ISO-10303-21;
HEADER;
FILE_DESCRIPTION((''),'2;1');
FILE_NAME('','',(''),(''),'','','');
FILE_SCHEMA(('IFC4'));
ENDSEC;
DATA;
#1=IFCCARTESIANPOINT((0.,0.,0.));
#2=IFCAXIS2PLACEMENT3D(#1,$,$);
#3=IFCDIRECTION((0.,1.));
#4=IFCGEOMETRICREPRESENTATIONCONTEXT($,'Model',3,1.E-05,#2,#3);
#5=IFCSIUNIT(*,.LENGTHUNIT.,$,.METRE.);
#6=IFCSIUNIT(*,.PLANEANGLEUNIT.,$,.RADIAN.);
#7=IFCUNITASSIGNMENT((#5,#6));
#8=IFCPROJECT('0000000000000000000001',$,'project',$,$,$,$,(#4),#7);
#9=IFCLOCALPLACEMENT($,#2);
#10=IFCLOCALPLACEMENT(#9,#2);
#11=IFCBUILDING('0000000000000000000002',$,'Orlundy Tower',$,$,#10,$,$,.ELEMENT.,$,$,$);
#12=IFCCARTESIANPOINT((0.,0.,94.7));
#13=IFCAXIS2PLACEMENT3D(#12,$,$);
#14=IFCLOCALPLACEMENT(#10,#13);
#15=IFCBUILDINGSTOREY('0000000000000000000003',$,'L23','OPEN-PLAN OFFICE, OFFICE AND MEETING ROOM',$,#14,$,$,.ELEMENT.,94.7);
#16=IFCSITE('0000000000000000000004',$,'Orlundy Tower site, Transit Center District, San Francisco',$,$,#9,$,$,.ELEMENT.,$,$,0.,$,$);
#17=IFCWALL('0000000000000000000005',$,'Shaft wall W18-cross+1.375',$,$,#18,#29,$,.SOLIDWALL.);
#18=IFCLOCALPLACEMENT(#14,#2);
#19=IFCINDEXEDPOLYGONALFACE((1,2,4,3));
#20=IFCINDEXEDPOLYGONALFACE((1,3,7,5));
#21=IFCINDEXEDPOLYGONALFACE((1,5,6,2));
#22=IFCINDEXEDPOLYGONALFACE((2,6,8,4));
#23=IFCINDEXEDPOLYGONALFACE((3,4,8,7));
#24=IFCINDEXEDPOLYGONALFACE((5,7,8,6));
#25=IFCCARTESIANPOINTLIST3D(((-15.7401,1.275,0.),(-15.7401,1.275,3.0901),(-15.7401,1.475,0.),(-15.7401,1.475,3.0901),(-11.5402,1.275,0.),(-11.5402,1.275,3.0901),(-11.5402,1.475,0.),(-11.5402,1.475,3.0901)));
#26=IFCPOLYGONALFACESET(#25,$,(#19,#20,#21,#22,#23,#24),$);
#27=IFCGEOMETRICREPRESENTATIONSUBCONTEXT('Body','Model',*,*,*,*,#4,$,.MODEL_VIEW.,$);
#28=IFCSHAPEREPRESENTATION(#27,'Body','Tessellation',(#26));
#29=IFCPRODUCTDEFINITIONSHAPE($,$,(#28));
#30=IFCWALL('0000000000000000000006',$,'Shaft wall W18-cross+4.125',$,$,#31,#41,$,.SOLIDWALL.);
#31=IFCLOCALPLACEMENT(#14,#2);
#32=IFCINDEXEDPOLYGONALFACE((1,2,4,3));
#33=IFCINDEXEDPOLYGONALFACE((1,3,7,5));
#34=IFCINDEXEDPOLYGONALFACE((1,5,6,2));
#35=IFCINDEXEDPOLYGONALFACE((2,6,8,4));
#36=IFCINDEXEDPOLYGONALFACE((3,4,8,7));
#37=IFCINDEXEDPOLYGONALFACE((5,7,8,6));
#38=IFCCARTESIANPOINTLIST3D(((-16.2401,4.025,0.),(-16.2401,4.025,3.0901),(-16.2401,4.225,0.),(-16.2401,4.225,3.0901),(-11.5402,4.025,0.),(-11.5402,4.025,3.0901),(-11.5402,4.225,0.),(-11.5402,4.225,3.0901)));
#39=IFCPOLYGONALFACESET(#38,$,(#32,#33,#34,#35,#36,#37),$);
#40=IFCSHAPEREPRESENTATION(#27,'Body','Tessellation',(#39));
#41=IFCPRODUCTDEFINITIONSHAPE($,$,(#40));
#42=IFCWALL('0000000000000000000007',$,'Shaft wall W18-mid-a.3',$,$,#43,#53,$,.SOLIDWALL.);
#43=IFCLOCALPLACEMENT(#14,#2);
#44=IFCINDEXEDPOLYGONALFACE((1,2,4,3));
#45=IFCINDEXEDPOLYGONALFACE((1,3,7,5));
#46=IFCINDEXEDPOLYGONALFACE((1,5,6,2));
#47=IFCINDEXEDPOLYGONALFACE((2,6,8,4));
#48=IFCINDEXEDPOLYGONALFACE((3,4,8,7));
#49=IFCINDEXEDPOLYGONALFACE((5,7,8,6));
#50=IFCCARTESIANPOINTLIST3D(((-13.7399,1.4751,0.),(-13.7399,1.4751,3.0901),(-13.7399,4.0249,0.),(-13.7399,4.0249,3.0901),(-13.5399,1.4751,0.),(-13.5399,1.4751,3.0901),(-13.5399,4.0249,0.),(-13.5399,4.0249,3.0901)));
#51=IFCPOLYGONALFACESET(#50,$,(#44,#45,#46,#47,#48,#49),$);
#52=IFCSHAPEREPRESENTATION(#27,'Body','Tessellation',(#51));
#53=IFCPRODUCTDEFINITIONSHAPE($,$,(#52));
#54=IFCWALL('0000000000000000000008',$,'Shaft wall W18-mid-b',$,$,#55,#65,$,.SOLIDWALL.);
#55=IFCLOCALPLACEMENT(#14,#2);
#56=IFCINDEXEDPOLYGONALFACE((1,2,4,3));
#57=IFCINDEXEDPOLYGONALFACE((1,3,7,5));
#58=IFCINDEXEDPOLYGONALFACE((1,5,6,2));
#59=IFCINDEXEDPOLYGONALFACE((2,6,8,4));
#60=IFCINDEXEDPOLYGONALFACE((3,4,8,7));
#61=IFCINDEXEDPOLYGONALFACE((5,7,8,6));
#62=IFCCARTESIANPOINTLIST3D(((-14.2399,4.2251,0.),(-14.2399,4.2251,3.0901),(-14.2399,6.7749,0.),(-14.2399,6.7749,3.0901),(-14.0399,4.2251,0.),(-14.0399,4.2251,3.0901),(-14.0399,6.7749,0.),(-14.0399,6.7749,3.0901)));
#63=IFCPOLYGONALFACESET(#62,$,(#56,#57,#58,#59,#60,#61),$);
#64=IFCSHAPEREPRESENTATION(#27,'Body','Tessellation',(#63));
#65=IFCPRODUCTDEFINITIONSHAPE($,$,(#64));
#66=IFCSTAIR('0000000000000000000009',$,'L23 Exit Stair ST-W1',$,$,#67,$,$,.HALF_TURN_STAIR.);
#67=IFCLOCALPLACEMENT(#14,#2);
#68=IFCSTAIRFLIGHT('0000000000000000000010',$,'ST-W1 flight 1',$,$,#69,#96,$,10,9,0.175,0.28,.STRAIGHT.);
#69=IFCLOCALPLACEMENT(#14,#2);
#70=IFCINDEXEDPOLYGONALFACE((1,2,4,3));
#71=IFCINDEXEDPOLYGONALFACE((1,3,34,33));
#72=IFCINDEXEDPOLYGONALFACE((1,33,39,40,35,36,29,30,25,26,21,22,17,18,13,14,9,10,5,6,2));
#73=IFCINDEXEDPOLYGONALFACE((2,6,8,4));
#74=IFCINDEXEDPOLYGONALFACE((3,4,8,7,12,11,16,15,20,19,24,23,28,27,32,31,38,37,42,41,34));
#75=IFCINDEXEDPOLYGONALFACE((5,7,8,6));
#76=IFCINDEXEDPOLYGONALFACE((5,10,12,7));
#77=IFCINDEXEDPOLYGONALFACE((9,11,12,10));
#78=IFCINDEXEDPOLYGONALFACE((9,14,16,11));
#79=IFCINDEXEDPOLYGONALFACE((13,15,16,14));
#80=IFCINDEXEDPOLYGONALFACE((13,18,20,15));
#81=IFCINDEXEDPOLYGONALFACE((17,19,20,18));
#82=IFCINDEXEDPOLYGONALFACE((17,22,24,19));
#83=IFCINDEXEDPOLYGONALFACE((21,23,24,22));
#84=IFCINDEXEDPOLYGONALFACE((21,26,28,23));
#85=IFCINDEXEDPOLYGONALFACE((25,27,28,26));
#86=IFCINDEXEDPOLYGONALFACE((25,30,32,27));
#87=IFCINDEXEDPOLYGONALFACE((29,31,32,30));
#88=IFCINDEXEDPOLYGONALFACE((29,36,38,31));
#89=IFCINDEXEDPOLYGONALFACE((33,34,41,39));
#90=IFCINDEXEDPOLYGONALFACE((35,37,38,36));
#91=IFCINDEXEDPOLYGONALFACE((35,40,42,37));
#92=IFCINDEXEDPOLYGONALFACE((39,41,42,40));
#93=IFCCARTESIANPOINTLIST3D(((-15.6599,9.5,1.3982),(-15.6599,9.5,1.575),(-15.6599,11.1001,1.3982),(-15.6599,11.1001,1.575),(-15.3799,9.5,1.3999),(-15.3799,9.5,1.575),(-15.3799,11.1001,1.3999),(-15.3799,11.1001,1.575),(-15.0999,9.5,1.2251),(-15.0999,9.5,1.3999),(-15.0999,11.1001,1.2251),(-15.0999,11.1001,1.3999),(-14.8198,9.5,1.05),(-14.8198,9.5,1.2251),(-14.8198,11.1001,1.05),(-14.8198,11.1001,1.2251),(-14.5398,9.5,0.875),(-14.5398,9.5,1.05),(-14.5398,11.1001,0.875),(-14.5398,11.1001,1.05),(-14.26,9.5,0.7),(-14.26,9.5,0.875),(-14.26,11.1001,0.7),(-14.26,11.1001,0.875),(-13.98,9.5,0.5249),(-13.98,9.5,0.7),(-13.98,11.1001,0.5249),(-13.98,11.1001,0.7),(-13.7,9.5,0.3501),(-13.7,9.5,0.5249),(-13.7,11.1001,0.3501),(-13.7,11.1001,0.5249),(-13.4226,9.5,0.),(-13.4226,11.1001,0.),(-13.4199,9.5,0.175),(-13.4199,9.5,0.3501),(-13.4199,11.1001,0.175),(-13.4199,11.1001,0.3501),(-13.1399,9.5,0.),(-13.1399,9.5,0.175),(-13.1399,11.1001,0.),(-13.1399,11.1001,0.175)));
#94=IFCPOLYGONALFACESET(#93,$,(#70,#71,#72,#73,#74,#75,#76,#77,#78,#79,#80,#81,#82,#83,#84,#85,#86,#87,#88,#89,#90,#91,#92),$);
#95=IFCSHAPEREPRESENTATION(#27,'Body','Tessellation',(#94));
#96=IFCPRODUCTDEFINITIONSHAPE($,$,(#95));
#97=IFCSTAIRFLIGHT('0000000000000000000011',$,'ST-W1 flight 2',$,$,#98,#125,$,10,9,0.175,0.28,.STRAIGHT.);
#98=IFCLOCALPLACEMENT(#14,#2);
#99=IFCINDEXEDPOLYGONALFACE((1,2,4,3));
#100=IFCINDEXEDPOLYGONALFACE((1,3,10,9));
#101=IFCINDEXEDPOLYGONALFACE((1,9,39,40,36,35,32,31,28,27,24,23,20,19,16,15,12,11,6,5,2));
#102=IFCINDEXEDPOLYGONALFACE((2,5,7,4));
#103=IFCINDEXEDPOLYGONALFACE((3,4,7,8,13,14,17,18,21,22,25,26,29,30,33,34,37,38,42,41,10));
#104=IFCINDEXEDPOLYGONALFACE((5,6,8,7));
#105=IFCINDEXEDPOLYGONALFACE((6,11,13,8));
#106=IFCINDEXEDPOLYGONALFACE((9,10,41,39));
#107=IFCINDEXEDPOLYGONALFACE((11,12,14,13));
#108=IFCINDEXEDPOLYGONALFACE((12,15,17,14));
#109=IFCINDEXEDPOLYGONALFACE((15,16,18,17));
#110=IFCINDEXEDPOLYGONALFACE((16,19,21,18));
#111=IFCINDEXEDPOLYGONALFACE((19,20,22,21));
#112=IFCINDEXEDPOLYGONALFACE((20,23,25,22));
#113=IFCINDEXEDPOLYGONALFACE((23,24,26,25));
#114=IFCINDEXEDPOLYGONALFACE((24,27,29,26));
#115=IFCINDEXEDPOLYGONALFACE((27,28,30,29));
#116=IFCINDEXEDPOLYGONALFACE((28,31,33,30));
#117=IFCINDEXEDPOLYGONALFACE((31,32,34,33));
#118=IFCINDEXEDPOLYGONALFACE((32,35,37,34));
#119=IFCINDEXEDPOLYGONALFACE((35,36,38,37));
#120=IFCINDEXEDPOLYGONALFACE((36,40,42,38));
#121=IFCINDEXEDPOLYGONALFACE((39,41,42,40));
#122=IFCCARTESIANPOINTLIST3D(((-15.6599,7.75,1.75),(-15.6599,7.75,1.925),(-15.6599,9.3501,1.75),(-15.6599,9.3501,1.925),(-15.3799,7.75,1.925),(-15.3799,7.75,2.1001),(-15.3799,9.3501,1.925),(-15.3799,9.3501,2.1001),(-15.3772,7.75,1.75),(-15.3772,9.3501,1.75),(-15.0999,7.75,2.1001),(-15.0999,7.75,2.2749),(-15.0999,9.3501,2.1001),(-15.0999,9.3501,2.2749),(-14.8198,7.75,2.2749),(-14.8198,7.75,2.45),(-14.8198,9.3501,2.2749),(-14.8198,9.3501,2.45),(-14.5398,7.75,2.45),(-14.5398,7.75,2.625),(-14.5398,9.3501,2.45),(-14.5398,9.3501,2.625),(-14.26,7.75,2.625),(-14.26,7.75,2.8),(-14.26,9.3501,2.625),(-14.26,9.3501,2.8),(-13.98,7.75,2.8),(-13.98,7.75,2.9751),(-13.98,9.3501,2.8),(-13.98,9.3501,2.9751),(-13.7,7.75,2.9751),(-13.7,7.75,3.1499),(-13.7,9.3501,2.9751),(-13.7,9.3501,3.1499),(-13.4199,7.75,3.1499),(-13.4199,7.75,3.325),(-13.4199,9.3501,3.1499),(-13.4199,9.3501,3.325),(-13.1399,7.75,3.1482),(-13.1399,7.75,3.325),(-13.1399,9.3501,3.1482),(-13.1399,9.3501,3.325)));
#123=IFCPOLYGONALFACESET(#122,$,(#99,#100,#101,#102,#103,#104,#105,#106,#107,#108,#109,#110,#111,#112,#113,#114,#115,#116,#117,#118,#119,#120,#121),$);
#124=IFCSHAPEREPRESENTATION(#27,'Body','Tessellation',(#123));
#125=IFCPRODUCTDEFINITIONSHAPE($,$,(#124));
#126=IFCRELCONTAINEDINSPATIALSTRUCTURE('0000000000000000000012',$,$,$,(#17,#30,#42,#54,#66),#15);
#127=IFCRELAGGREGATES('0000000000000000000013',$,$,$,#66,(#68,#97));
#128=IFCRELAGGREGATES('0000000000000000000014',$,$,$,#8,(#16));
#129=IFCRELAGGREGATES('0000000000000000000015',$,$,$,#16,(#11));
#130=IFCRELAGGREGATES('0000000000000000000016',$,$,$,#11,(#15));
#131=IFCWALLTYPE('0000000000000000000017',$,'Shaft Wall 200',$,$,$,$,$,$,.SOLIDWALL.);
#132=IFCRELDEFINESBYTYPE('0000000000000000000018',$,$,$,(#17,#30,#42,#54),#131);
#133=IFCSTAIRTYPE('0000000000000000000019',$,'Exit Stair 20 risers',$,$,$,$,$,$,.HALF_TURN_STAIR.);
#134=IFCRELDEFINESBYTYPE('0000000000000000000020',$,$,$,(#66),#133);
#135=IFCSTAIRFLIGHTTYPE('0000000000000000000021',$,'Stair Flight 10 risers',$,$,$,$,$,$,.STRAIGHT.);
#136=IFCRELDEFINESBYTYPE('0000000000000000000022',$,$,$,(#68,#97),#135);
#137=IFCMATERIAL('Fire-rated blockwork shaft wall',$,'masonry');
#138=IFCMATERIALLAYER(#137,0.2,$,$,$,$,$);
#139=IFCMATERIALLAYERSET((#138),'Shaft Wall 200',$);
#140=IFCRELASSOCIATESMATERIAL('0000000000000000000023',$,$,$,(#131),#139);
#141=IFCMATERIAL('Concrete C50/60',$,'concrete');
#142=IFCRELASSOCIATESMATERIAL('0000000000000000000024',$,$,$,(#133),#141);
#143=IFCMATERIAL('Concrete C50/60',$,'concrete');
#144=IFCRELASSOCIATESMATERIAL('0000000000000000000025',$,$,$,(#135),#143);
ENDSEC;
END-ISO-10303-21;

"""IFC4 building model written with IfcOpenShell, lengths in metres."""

from ifc_helpers import new_model, si_unit, direction, frame, frame_2d, origin, place, context, subcontext, project, spatial, polyline, rectangle, outline, extrude, material, layer, layer_set, type_object, element, aggregate, save


model = new_model("IFC4")

# Units and contexts
model_context = context("Model", 3, precision=1e-05, world=origin(), true_north=direction((0.0, 1.0)))
body_context = subcontext(model_context, "Body", "Model", "MODEL_VIEW")
ifc_project = project(units=[si_unit("LENGTHUNIT", "METRE"), si_unit("PLANEANGLEUNIT", "RADIAN")], contexts=[model_context])

# Site, building, storey
site_placement = place(None, origin())
site = spatial("IfcSite", under=ifc_project, at=site_placement, Name="Orlundy Tower site, Transit Center District, San Francisco", CompositionType="ELEMENT", RefElevation=0.0)
building_placement = place(site_placement, origin())
building = spatial("IfcBuilding", under=site, at=building_placement, Name="Orlundy Tower", CompositionType="ELEMENT")
storey_placement = place(building_placement, frame((0.0, 0.0, 94.7)))
storey = spatial("IfcBuildingStorey", under=building, at=storey_placement, Name="L23", Description="OPEN-PLAN OFFICE, OFFICE AND MEETING ROOM", CompositionType="ELEMENT", Elevation=94.7)

# Walls
ifc_material_1 = material(Name="Fire-rated blockwork shaft wall", Category="masonry")
ifc_layer_1 = layer(ifc_material_1, 0.2)
ifc_layer_set_1 = layer_set([ifc_layer_1], Name="Shaft Wall 200")
wall_type_1 = type_object("IfcWallType", Name="Shaft Wall 200", PredefinedType="SOLIDWALL", material=ifc_layer_set_1)
wall_1_placement = place(storey_placement, frame((-11.54, 1.375, 0.0), z_axis=(0.0, 0.0, 1.0), x_axis=(-1.0, 0.0, 0.0)))
element("IfcWall", 1, at=wall_1_placement, inside=storey, type_object=wall_type_1, Name="Shaft wall W18-cross+1.375", PredefinedType="SOLIDWALL", context=body_context, shape_type="SweptSolid", body=[
    extrude(rectangle(XDim=4.2, YDim=0.2, at=frame_2d((2.1001, 0.0))), origin(), (0.0, 0.0, 1.0), 3.0901),
])
wall_2_placement = place(storey_placement, frame((-11.54, 4.125, 0.0), z_axis=(0.0, 0.0, 1.0), x_axis=(-1.0, 0.0, 0.0)))
element("IfcWall", 2, at=wall_2_placement, inside=storey, type_object=wall_type_1, Name="Shaft wall W18-cross+4.125", PredefinedType="SOLIDWALL", context=body_context, shape_type="SweptSolid", body=[
    extrude(rectangle(XDim=4.7, YDim=0.2, at=frame_2d((2.3501, 0.0))), origin(), (0.0, 0.0, 1.0), 3.0901),
])
for number, where, z_axis, x_axis, name in (
    (3, (-13.6399, 1.4751, 0.0), (0.0, 0.0, 1.0), (0.0, 1.0, 0.0), "Shaft wall W18-mid-a.3"),
    (4, (-14.1399, 4.2251, 0.0), (0.0, 0.0, 1.0), (0.0, 1.0, 0.0), "Shaft wall W18-mid-b"),
):
    element("IfcWall", number, at=place(storey_placement, frame(where, z_axis=z_axis, x_axis=x_axis)), inside=storey, type_object=wall_type_1, Name=name, PredefinedType="SOLIDWALL", context=body_context, shape_type="SweptSolid", body=[
        extrude(rectangle(XDim=2.5498, YDim=0.2, at=frame_2d((1.2749, 0.0))), origin(), (0.0, 0.0, 1.0), 3.0901),
    ])

# Stair, stair flights
ifc_material_2 = material(Name="Concrete C50/60", Category="concrete")
stair_type = type_object("IfcStairType", Name="Exit Stair 20 risers", PredefinedType="HALF_TURN_STAIR", material=ifc_material_2)
stair_placement = place(storey_placement, origin())
stair = element("IfcStair", 5, at=stair_placement, inside=storey, type_object=stair_type, Name="L23 Exit Stair ST-W1", PredefinedType="HALF_TURN_STAIR")
ifc_material_3 = material(Name="Concrete C50/60", Category="concrete")
stair_flight_type = type_object("IfcStairFlightType", Name="Stair Flight 10 risers", PredefinedType="STRAIGHT", material=ifc_material_3)
stair_flight_1_placement = place(storey_placement, frame((-13.1399, 10.3, 0.0), z_axis=(0.0, 0.0, 1.0), x_axis=(-1.0, 0.0, 0.0)))
stair_flight_1 = element("IfcStairFlight", 6, at=stair_flight_1_placement, type_object=stair_flight_type, Name="ST-W1 flight 1", NumberOfRisers=10, NumberOfTreads=9, PredefinedType="STRAIGHT", RiserHeight=0.175, TreadLength=0.28, context=body_context, shape_type="SweptSolid", body=[
    extrude(outline(polyline([(0.0, 0.0), (0.0, 0.175), (0.28, 0.175), (0.28, 0.3501), (0.5601, 0.3501), (0.5601, 0.5249), (0.8401, 0.5249), (0.8401, 0.7), (1.1201, 0.7), (1.1201, 0.875), (1.3999, 0.875), (1.3999, 1.05), (1.6799, 1.05), (1.6799, 1.2251), (1.96, 1.2251), (1.96, 1.3999), (2.24, 1.3999), (2.24, 1.575), (2.52, 1.575), (2.52, 1.75), (2.52, 1.3982), (0.2827, 0.0), (0.0, 0.0)])), frame((0.0, 0.8, 0.0), z_axis=(0.0, -1.0, 0.0), x_axis=(1.0, 0.0, 0.0)), (0.0, 0.0, 1.0), 1.6001),
])
stair_flight_2_placement = place(storey_placement, frame((-15.6599, 8.55, 1.75), z_axis=(0.0, 0.0, 1.0), x_axis=(1.0, 0.0, 0.0)))
stair_flight_2 = element("IfcStairFlight", 7, at=stair_flight_2_placement, type_object=stair_flight_type, Name="ST-W1 flight 2", NumberOfRisers=10, NumberOfTreads=9, PredefinedType="STRAIGHT", RiserHeight=0.175, TreadLength=0.28, context=body_context, shape_type="SweptSolid", body=[
    extrude(outline(polyline([(0.0, 0.0), (0.0, 0.175), (0.28, 0.175), (0.28, 0.3501), (0.5601, 0.3501), (0.5601, 0.5249), (0.8401, 0.5249), (0.8401, 0.7), (1.1201, 0.7), (1.1201, 0.875), (1.3999, 0.875), (1.3999, 1.05), (1.6799, 1.05), (1.6799, 1.2251), (1.96, 1.2251), (1.96, 1.3999), (2.24, 1.3999), (2.24, 1.575), (2.52, 1.575), (2.52, 1.75), (2.52, 1.3982), (0.2827, 0.0), (0.0, 0.0)])), frame((0.0, 0.8, 0.0), z_axis=(0.0, -1.0, 0.0), x_axis=(1.0, 0.0, 0.0)), (0.0, 0.0, 1.0), 1.6001),
])
aggregate(stair, [stair_flight_1, stair_flight_2])

save(model, "model.ifc")
